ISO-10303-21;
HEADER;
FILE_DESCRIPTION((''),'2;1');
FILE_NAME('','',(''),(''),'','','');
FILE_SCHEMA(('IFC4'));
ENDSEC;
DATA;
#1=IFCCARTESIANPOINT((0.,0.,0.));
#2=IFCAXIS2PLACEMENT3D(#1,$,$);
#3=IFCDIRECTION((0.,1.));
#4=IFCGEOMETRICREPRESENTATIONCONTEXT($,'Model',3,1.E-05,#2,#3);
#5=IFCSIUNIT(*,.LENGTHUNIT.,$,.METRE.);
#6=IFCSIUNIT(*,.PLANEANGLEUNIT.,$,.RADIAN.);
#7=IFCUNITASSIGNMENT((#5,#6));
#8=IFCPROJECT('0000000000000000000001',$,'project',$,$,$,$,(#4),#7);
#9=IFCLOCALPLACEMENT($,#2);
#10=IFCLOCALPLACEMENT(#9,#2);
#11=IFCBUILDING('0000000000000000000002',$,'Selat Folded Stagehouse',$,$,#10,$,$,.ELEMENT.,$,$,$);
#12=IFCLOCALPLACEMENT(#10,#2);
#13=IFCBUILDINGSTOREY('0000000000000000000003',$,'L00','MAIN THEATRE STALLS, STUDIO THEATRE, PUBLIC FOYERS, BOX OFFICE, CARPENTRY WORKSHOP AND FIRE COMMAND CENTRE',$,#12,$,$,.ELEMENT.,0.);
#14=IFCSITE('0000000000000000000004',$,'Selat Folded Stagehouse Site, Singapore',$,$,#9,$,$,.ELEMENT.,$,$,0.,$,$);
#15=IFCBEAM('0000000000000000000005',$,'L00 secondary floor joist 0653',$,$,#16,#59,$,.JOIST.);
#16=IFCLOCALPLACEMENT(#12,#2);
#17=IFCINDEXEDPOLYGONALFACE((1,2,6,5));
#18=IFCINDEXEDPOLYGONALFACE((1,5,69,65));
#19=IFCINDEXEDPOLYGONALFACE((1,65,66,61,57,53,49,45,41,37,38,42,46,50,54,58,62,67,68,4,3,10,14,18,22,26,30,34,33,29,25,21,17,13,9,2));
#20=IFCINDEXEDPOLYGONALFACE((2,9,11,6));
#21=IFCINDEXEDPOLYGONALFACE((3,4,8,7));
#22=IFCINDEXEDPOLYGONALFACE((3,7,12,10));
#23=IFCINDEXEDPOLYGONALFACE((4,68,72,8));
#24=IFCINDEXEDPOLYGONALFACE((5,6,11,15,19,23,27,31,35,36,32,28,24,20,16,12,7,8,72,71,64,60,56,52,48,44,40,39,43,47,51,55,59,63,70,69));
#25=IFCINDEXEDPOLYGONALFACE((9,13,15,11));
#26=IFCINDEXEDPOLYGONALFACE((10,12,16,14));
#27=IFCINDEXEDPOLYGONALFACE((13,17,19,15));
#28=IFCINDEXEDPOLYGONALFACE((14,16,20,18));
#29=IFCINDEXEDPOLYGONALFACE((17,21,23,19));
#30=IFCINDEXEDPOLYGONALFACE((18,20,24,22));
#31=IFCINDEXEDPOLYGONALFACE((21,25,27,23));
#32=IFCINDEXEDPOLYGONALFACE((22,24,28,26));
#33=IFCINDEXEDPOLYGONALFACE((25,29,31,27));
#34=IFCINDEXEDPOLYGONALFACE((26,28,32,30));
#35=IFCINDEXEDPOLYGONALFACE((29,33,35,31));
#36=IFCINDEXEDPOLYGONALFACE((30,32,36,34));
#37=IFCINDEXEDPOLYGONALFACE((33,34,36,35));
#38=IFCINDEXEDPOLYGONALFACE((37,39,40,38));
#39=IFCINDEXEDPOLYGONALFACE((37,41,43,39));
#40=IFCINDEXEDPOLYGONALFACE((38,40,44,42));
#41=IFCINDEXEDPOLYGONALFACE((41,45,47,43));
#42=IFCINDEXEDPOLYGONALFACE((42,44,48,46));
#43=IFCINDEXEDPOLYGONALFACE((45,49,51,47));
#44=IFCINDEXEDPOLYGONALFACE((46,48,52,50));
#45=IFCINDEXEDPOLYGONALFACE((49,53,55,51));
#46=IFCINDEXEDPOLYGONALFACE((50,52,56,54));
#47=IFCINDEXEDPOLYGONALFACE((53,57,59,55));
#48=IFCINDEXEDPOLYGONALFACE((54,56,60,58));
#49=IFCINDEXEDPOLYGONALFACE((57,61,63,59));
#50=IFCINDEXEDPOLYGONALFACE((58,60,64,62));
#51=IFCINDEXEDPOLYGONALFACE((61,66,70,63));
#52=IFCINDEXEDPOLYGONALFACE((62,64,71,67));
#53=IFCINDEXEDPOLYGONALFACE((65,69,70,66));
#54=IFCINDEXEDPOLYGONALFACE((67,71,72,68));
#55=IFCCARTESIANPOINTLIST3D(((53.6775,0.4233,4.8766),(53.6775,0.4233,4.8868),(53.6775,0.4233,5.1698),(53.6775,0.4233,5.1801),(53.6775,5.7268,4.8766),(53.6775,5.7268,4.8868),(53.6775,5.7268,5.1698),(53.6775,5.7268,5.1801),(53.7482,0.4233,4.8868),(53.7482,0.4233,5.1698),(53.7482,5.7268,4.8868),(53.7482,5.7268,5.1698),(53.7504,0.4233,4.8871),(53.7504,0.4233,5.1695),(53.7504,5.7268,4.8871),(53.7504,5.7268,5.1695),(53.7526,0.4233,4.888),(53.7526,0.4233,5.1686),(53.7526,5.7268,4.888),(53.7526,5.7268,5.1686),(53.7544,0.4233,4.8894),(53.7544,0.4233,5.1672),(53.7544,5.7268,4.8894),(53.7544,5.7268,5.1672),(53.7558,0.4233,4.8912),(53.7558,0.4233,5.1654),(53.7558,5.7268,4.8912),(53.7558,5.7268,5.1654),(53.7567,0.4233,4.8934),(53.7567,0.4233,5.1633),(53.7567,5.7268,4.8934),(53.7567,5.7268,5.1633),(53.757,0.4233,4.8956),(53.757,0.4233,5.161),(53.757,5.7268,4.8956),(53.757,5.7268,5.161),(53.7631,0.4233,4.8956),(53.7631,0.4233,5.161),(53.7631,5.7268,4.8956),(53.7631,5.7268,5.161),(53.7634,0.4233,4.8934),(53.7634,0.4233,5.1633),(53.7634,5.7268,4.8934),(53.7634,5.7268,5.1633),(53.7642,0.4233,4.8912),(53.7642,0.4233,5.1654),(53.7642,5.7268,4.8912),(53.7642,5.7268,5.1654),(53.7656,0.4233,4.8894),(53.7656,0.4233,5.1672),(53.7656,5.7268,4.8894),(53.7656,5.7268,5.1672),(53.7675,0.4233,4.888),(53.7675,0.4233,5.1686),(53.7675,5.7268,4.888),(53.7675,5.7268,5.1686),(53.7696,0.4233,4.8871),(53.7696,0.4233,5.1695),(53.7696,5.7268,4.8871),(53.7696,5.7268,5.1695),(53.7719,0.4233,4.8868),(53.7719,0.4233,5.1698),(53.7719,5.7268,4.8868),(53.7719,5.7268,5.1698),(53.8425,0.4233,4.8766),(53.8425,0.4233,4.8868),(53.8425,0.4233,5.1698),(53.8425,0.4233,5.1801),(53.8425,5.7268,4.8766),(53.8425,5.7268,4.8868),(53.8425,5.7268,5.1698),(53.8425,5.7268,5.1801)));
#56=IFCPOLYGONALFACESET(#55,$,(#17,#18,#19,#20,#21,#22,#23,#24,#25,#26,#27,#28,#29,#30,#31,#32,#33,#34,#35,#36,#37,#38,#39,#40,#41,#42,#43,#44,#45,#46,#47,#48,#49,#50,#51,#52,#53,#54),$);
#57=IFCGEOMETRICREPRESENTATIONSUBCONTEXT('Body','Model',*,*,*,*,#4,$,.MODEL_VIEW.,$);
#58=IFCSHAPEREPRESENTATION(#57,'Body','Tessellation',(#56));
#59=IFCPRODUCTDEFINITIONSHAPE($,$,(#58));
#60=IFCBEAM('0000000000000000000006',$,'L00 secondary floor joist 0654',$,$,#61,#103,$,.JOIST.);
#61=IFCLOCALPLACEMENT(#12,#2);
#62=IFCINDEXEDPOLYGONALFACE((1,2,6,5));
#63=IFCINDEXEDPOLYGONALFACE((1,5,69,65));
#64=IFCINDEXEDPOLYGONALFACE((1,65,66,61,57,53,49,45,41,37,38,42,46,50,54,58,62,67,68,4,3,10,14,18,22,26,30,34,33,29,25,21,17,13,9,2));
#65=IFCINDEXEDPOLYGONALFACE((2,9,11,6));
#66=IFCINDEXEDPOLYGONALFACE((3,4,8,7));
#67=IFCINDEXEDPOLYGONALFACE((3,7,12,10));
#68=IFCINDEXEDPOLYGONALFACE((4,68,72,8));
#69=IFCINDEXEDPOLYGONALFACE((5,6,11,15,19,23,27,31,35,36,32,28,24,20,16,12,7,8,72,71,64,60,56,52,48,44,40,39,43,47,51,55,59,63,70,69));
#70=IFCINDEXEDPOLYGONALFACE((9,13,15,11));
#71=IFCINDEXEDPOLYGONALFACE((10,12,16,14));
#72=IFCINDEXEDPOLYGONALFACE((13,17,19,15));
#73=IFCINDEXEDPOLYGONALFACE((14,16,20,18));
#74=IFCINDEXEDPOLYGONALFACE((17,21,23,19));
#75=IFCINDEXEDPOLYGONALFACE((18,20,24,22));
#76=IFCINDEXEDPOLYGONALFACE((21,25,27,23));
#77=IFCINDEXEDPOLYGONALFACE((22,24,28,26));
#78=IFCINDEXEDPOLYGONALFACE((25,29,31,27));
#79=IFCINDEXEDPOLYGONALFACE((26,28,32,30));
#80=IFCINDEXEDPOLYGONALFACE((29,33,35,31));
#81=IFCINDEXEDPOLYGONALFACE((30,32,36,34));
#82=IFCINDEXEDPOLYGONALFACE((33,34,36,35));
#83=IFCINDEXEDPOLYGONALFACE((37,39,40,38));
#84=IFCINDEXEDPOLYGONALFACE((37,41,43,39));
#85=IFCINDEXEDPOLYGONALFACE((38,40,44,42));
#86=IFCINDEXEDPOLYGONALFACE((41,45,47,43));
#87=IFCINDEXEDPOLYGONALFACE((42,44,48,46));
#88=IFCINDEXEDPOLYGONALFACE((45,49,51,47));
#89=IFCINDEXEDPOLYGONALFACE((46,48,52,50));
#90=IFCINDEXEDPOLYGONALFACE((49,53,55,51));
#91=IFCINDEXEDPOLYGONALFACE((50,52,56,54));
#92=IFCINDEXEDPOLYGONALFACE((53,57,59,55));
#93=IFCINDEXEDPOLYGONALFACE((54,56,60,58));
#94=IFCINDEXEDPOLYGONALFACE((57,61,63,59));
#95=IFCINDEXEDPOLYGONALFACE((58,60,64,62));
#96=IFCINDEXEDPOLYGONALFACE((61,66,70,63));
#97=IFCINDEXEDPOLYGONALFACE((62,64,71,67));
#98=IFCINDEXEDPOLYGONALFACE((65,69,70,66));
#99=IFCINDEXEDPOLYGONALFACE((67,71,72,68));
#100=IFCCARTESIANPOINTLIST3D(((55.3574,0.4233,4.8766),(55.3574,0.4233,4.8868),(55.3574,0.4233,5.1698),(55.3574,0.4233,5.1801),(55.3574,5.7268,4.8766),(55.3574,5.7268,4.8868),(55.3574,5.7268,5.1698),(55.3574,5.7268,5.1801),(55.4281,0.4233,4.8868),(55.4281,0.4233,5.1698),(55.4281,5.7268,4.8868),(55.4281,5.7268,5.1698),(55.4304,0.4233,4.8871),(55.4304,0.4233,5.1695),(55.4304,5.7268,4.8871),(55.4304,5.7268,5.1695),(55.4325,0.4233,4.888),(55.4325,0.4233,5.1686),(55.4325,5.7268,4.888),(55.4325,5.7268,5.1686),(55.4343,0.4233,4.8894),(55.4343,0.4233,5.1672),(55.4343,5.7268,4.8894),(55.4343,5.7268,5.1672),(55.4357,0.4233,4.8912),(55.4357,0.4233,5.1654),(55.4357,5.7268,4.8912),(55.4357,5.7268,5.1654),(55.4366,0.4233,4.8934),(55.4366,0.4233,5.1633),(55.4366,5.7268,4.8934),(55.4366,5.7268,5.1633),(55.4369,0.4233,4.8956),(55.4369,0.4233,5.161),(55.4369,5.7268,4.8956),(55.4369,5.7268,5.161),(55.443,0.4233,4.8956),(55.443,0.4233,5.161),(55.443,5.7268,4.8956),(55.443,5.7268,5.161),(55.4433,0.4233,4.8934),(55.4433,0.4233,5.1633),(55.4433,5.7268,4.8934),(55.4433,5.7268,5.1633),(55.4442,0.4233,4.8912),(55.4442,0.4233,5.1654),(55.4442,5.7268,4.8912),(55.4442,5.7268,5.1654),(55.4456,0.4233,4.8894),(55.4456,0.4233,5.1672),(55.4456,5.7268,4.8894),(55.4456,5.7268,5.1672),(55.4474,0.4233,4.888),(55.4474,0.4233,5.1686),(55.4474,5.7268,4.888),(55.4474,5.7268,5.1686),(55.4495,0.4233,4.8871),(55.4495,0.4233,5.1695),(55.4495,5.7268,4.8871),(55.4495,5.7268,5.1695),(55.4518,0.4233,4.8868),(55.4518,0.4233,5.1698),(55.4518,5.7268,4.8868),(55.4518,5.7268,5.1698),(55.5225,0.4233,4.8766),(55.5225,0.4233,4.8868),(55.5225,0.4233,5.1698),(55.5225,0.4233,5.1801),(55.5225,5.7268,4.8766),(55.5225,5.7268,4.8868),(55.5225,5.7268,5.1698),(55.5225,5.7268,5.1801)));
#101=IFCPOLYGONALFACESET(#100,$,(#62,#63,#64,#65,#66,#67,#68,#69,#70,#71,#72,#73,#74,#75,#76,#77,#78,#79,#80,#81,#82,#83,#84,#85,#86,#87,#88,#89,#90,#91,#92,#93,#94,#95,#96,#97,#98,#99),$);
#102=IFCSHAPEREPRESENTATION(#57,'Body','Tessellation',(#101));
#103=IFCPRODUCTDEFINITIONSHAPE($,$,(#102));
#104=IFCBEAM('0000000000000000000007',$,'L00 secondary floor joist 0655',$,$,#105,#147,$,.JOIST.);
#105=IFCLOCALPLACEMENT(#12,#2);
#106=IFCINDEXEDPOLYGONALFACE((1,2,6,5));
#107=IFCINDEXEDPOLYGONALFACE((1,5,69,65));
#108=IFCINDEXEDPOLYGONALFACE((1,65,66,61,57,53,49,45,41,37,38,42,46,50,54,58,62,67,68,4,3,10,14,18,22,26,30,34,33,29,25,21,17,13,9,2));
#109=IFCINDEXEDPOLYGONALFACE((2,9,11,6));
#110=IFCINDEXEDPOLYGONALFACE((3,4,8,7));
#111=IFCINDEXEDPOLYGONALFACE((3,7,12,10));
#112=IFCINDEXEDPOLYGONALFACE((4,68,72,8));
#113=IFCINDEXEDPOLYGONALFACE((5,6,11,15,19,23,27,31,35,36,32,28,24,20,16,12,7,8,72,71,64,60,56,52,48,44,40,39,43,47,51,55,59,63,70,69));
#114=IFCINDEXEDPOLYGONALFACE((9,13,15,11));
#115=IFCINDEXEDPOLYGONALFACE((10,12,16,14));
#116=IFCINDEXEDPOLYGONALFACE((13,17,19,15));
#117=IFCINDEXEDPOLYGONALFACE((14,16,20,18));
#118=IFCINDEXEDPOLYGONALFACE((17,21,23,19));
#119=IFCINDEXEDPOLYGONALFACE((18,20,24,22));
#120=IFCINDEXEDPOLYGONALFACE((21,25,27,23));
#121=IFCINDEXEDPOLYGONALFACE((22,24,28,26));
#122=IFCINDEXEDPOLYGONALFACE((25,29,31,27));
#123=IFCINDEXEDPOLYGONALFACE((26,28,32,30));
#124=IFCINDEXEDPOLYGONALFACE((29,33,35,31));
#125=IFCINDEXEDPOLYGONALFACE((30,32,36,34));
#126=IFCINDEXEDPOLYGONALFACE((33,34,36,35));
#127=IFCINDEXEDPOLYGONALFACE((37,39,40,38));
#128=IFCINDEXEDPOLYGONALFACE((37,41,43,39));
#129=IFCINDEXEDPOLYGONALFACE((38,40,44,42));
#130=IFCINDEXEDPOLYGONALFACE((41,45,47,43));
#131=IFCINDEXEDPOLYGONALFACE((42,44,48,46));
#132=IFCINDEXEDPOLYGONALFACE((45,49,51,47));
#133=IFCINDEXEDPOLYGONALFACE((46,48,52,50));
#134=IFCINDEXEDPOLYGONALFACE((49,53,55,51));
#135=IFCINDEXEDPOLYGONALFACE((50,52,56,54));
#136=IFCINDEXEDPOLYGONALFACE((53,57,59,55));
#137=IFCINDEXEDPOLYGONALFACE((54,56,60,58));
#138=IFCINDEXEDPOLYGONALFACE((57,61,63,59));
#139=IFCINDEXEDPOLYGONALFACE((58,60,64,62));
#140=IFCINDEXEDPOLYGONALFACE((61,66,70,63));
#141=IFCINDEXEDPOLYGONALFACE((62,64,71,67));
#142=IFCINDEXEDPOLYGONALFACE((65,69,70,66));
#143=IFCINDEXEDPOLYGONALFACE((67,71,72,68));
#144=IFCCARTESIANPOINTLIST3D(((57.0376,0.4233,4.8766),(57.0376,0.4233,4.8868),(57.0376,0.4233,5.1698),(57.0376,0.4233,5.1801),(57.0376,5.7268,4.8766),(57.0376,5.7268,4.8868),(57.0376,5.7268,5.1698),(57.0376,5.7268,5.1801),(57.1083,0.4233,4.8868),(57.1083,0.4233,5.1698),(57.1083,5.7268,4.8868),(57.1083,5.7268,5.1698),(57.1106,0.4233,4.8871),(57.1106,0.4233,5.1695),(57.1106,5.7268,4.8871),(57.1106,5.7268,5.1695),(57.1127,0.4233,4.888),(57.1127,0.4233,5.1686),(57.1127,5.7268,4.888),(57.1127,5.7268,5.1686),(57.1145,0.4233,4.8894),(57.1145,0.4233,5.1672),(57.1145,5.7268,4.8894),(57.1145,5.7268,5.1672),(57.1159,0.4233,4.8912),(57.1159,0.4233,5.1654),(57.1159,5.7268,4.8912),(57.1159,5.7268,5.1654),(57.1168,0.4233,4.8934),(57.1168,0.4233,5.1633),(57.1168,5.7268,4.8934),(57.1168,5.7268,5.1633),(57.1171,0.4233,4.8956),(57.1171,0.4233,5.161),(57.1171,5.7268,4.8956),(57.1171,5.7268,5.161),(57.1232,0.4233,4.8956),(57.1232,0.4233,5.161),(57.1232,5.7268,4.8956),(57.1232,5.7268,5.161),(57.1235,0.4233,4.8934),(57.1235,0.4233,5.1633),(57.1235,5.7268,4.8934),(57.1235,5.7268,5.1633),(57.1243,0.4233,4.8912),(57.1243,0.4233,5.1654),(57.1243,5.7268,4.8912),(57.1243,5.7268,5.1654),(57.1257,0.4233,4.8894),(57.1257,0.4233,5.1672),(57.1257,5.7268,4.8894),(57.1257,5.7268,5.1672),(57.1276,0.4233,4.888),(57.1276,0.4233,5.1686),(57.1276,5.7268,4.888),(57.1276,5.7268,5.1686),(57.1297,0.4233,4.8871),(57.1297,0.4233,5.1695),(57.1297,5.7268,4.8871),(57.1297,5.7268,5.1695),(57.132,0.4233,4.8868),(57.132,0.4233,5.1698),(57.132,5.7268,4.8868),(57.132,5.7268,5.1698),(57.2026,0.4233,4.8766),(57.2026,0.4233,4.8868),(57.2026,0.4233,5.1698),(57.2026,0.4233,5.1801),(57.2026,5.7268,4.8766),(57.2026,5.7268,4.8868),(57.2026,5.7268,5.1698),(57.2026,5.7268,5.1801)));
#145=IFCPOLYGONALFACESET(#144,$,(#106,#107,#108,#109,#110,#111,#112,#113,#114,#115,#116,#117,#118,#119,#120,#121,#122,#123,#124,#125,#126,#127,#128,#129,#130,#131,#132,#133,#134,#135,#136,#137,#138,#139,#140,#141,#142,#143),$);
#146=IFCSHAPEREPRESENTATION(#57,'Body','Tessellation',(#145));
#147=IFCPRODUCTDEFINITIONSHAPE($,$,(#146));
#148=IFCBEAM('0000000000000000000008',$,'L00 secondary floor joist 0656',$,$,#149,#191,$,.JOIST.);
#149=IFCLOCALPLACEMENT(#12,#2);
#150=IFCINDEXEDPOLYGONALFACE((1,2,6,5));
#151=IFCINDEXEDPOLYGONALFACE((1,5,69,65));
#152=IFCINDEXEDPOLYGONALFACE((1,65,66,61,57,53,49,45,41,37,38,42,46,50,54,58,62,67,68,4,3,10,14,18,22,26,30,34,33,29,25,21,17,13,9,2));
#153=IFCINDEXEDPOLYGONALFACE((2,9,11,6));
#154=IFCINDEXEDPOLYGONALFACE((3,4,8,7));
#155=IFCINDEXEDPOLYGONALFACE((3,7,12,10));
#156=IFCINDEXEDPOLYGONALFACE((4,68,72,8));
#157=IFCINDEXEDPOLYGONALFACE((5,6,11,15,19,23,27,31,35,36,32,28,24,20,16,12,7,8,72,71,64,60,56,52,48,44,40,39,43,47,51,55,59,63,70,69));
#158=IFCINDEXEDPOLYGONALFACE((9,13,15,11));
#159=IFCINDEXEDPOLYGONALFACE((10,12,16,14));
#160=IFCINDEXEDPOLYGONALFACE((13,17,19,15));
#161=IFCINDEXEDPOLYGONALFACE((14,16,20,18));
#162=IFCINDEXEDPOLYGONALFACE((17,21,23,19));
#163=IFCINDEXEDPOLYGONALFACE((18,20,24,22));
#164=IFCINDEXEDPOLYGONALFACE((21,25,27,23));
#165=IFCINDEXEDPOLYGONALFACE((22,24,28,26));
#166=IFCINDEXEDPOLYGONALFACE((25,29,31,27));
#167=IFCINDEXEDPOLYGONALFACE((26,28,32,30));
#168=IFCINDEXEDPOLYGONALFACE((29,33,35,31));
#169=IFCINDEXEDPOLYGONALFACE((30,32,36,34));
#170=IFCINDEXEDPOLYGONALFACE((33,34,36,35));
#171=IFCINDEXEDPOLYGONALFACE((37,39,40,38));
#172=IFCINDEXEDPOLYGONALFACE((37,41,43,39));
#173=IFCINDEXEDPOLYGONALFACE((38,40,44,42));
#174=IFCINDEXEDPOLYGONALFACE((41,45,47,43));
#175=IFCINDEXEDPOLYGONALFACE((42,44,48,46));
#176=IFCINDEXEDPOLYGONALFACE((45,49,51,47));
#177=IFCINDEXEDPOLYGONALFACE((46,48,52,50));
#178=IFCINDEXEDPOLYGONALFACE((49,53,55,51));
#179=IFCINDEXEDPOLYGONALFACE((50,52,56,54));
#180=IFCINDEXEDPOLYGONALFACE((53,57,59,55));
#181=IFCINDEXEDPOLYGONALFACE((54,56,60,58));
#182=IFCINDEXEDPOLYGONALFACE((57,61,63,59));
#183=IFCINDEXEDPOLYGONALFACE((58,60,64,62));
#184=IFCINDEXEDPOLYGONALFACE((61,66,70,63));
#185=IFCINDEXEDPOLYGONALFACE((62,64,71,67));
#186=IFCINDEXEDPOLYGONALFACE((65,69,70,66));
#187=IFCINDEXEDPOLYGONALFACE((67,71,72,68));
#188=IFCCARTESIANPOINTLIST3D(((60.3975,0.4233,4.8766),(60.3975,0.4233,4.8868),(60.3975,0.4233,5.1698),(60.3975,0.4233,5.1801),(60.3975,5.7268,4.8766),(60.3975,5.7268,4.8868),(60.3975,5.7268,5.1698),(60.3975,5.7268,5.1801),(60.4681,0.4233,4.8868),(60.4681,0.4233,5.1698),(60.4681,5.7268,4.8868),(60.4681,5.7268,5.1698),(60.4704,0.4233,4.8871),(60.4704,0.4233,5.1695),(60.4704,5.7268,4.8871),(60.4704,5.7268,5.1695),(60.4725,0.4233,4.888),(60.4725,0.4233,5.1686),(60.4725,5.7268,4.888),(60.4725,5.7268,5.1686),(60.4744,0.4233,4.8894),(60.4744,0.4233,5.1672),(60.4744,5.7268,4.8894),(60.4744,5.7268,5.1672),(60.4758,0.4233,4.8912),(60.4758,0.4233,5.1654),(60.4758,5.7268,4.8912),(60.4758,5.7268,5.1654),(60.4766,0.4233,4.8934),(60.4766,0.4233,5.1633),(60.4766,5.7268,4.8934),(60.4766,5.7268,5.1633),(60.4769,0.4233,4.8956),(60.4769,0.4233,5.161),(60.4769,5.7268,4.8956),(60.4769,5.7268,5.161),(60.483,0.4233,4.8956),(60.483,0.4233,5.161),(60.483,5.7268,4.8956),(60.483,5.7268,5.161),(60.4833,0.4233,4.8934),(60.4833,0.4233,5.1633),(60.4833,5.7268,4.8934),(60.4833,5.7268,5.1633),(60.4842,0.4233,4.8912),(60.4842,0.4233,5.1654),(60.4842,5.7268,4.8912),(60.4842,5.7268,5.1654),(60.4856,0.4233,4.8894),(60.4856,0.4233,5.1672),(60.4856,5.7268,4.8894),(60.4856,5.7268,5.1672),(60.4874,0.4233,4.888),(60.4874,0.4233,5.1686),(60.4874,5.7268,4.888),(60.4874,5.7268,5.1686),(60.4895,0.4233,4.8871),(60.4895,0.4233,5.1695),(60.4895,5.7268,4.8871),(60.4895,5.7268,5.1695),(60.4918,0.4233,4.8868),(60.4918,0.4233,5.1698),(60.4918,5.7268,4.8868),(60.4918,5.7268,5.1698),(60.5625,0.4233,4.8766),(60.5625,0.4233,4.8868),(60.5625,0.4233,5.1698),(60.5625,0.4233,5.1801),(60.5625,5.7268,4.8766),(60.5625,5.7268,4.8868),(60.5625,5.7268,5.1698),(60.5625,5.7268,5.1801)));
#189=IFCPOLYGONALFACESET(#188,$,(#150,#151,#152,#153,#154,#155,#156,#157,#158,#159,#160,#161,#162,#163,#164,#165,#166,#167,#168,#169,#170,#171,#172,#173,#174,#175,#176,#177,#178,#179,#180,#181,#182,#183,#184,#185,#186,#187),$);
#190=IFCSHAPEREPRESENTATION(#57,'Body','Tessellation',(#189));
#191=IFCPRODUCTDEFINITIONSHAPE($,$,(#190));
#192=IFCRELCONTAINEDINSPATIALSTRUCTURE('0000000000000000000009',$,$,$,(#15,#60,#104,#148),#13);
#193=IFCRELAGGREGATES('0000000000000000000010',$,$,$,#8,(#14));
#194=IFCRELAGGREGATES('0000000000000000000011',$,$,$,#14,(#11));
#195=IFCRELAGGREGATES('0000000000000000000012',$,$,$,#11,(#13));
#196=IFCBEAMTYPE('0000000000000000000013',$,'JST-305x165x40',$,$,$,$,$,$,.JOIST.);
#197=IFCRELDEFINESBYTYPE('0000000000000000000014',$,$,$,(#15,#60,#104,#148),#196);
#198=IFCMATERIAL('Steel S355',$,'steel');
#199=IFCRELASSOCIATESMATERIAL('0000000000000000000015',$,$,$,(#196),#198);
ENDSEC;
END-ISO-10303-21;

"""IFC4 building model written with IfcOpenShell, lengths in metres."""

from ifc_helpers import new_model, si_unit, direction, frame, origin, origin_2d, place, context, subcontext, project, spatial, i_section, extrude, material, material_profile, profile_set, type_object, element, save


model = new_model("IFC4")

# Units and contexts
model_context = context("Model", 3, precision=1e-05, world=origin(), true_north=direction((0.0, 1.0)))
body_context = subcontext(model_context, "Body", "Model", "MODEL_VIEW")
ifc_project = project(units=[si_unit("LENGTHUNIT", "METRE"), si_unit("PLANEANGLEUNIT", "RADIAN")], contexts=[model_context])

# Site, building, storey
site_placement = place(None, origin())
site = spatial("IfcSite", under=ifc_project, at=site_placement, Name="Selat Folded Stagehouse Site, Singapore", CompositionType="ELEMENT", RefElevation=0.0)
building_placement = place(site_placement, origin())
building = spatial("IfcBuilding", under=site, at=building_placement, Name="Selat Folded Stagehouse", CompositionType="ELEMENT")
storey_placement = place(building_placement, origin())
storey = spatial("IfcBuildingStorey", under=building, at=storey_placement, Name="L00", Description="MAIN THEATRE STALLS, STUDIO THEATRE, PUBLIC FOYERS, BOX OFFICE, CARPENTRY WORKSHOP AND FIRE COMMAND CENTRE", CompositionType="ELEMENT", Elevation=0.0)

# Shared definitions
ifc_material_1 = material(Name="Steel S355", Category="steel")

# Beams
ifc_material_profile_1 = material_profile(ifc_material_1, i_section(OverallWidth=0.165, OverallDepth=0.3035, WebThickness=0.0061, FlangeThickness=0.0103, FilletRadius=0.0088, at=origin_2d()), Name="UKB 305x165x40")
ifc_profile_set_1 = profile_set([ifc_material_profile_1], Name="Steel S355")
beam_type_1 = type_object("IfcBeamType", Name="JST-305x165x40", PredefinedType="JOIST", material=ifc_profile_set_1)
for number, where, z_axis, x_axis, name in (
    (1, (53.76, 0.4233, 5.0283), (0.0, 1.0, 0.0), (-1.0, 0.0, 0.0), "L00 secondary floor joist 0653"),
    (2, (55.4399, 0.4233, 5.0283), (0.0, 1.0, 0.0), (-1.0, 0.0, 0.0), "L00 secondary floor joist 0654"),
    (3, (57.1201, 0.4233, 5.0283), (0.0, 1.0, 0.0), (-1.0, 0.0, 0.0), "L00 secondary floor joist 0655"),
    (4, (60.48, 0.4233, 5.0283), (0.0, 1.0, 0.0), (-1.0, 0.0, 0.0), "L00 secondary floor joist 0656"),
):
    element("IfcBeam", number, at=place(storey_placement, frame(where, z_axis=z_axis, x_axis=x_axis)), inside=storey, type_object=beam_type_1, Name=name, PredefinedType="JOIST", context=body_context, shape_type="SweptSolid", body=[
        extrude(i_section(OverallWidth=0.165, OverallDepth=0.3035, WebThickness=0.0061, FlangeThickness=0.0103, FilletRadius=0.0088, at=origin_2d()), origin(), (0.0, 0.0, 1.0), 5.3035),
    ])

save(model, "model.ifc")
